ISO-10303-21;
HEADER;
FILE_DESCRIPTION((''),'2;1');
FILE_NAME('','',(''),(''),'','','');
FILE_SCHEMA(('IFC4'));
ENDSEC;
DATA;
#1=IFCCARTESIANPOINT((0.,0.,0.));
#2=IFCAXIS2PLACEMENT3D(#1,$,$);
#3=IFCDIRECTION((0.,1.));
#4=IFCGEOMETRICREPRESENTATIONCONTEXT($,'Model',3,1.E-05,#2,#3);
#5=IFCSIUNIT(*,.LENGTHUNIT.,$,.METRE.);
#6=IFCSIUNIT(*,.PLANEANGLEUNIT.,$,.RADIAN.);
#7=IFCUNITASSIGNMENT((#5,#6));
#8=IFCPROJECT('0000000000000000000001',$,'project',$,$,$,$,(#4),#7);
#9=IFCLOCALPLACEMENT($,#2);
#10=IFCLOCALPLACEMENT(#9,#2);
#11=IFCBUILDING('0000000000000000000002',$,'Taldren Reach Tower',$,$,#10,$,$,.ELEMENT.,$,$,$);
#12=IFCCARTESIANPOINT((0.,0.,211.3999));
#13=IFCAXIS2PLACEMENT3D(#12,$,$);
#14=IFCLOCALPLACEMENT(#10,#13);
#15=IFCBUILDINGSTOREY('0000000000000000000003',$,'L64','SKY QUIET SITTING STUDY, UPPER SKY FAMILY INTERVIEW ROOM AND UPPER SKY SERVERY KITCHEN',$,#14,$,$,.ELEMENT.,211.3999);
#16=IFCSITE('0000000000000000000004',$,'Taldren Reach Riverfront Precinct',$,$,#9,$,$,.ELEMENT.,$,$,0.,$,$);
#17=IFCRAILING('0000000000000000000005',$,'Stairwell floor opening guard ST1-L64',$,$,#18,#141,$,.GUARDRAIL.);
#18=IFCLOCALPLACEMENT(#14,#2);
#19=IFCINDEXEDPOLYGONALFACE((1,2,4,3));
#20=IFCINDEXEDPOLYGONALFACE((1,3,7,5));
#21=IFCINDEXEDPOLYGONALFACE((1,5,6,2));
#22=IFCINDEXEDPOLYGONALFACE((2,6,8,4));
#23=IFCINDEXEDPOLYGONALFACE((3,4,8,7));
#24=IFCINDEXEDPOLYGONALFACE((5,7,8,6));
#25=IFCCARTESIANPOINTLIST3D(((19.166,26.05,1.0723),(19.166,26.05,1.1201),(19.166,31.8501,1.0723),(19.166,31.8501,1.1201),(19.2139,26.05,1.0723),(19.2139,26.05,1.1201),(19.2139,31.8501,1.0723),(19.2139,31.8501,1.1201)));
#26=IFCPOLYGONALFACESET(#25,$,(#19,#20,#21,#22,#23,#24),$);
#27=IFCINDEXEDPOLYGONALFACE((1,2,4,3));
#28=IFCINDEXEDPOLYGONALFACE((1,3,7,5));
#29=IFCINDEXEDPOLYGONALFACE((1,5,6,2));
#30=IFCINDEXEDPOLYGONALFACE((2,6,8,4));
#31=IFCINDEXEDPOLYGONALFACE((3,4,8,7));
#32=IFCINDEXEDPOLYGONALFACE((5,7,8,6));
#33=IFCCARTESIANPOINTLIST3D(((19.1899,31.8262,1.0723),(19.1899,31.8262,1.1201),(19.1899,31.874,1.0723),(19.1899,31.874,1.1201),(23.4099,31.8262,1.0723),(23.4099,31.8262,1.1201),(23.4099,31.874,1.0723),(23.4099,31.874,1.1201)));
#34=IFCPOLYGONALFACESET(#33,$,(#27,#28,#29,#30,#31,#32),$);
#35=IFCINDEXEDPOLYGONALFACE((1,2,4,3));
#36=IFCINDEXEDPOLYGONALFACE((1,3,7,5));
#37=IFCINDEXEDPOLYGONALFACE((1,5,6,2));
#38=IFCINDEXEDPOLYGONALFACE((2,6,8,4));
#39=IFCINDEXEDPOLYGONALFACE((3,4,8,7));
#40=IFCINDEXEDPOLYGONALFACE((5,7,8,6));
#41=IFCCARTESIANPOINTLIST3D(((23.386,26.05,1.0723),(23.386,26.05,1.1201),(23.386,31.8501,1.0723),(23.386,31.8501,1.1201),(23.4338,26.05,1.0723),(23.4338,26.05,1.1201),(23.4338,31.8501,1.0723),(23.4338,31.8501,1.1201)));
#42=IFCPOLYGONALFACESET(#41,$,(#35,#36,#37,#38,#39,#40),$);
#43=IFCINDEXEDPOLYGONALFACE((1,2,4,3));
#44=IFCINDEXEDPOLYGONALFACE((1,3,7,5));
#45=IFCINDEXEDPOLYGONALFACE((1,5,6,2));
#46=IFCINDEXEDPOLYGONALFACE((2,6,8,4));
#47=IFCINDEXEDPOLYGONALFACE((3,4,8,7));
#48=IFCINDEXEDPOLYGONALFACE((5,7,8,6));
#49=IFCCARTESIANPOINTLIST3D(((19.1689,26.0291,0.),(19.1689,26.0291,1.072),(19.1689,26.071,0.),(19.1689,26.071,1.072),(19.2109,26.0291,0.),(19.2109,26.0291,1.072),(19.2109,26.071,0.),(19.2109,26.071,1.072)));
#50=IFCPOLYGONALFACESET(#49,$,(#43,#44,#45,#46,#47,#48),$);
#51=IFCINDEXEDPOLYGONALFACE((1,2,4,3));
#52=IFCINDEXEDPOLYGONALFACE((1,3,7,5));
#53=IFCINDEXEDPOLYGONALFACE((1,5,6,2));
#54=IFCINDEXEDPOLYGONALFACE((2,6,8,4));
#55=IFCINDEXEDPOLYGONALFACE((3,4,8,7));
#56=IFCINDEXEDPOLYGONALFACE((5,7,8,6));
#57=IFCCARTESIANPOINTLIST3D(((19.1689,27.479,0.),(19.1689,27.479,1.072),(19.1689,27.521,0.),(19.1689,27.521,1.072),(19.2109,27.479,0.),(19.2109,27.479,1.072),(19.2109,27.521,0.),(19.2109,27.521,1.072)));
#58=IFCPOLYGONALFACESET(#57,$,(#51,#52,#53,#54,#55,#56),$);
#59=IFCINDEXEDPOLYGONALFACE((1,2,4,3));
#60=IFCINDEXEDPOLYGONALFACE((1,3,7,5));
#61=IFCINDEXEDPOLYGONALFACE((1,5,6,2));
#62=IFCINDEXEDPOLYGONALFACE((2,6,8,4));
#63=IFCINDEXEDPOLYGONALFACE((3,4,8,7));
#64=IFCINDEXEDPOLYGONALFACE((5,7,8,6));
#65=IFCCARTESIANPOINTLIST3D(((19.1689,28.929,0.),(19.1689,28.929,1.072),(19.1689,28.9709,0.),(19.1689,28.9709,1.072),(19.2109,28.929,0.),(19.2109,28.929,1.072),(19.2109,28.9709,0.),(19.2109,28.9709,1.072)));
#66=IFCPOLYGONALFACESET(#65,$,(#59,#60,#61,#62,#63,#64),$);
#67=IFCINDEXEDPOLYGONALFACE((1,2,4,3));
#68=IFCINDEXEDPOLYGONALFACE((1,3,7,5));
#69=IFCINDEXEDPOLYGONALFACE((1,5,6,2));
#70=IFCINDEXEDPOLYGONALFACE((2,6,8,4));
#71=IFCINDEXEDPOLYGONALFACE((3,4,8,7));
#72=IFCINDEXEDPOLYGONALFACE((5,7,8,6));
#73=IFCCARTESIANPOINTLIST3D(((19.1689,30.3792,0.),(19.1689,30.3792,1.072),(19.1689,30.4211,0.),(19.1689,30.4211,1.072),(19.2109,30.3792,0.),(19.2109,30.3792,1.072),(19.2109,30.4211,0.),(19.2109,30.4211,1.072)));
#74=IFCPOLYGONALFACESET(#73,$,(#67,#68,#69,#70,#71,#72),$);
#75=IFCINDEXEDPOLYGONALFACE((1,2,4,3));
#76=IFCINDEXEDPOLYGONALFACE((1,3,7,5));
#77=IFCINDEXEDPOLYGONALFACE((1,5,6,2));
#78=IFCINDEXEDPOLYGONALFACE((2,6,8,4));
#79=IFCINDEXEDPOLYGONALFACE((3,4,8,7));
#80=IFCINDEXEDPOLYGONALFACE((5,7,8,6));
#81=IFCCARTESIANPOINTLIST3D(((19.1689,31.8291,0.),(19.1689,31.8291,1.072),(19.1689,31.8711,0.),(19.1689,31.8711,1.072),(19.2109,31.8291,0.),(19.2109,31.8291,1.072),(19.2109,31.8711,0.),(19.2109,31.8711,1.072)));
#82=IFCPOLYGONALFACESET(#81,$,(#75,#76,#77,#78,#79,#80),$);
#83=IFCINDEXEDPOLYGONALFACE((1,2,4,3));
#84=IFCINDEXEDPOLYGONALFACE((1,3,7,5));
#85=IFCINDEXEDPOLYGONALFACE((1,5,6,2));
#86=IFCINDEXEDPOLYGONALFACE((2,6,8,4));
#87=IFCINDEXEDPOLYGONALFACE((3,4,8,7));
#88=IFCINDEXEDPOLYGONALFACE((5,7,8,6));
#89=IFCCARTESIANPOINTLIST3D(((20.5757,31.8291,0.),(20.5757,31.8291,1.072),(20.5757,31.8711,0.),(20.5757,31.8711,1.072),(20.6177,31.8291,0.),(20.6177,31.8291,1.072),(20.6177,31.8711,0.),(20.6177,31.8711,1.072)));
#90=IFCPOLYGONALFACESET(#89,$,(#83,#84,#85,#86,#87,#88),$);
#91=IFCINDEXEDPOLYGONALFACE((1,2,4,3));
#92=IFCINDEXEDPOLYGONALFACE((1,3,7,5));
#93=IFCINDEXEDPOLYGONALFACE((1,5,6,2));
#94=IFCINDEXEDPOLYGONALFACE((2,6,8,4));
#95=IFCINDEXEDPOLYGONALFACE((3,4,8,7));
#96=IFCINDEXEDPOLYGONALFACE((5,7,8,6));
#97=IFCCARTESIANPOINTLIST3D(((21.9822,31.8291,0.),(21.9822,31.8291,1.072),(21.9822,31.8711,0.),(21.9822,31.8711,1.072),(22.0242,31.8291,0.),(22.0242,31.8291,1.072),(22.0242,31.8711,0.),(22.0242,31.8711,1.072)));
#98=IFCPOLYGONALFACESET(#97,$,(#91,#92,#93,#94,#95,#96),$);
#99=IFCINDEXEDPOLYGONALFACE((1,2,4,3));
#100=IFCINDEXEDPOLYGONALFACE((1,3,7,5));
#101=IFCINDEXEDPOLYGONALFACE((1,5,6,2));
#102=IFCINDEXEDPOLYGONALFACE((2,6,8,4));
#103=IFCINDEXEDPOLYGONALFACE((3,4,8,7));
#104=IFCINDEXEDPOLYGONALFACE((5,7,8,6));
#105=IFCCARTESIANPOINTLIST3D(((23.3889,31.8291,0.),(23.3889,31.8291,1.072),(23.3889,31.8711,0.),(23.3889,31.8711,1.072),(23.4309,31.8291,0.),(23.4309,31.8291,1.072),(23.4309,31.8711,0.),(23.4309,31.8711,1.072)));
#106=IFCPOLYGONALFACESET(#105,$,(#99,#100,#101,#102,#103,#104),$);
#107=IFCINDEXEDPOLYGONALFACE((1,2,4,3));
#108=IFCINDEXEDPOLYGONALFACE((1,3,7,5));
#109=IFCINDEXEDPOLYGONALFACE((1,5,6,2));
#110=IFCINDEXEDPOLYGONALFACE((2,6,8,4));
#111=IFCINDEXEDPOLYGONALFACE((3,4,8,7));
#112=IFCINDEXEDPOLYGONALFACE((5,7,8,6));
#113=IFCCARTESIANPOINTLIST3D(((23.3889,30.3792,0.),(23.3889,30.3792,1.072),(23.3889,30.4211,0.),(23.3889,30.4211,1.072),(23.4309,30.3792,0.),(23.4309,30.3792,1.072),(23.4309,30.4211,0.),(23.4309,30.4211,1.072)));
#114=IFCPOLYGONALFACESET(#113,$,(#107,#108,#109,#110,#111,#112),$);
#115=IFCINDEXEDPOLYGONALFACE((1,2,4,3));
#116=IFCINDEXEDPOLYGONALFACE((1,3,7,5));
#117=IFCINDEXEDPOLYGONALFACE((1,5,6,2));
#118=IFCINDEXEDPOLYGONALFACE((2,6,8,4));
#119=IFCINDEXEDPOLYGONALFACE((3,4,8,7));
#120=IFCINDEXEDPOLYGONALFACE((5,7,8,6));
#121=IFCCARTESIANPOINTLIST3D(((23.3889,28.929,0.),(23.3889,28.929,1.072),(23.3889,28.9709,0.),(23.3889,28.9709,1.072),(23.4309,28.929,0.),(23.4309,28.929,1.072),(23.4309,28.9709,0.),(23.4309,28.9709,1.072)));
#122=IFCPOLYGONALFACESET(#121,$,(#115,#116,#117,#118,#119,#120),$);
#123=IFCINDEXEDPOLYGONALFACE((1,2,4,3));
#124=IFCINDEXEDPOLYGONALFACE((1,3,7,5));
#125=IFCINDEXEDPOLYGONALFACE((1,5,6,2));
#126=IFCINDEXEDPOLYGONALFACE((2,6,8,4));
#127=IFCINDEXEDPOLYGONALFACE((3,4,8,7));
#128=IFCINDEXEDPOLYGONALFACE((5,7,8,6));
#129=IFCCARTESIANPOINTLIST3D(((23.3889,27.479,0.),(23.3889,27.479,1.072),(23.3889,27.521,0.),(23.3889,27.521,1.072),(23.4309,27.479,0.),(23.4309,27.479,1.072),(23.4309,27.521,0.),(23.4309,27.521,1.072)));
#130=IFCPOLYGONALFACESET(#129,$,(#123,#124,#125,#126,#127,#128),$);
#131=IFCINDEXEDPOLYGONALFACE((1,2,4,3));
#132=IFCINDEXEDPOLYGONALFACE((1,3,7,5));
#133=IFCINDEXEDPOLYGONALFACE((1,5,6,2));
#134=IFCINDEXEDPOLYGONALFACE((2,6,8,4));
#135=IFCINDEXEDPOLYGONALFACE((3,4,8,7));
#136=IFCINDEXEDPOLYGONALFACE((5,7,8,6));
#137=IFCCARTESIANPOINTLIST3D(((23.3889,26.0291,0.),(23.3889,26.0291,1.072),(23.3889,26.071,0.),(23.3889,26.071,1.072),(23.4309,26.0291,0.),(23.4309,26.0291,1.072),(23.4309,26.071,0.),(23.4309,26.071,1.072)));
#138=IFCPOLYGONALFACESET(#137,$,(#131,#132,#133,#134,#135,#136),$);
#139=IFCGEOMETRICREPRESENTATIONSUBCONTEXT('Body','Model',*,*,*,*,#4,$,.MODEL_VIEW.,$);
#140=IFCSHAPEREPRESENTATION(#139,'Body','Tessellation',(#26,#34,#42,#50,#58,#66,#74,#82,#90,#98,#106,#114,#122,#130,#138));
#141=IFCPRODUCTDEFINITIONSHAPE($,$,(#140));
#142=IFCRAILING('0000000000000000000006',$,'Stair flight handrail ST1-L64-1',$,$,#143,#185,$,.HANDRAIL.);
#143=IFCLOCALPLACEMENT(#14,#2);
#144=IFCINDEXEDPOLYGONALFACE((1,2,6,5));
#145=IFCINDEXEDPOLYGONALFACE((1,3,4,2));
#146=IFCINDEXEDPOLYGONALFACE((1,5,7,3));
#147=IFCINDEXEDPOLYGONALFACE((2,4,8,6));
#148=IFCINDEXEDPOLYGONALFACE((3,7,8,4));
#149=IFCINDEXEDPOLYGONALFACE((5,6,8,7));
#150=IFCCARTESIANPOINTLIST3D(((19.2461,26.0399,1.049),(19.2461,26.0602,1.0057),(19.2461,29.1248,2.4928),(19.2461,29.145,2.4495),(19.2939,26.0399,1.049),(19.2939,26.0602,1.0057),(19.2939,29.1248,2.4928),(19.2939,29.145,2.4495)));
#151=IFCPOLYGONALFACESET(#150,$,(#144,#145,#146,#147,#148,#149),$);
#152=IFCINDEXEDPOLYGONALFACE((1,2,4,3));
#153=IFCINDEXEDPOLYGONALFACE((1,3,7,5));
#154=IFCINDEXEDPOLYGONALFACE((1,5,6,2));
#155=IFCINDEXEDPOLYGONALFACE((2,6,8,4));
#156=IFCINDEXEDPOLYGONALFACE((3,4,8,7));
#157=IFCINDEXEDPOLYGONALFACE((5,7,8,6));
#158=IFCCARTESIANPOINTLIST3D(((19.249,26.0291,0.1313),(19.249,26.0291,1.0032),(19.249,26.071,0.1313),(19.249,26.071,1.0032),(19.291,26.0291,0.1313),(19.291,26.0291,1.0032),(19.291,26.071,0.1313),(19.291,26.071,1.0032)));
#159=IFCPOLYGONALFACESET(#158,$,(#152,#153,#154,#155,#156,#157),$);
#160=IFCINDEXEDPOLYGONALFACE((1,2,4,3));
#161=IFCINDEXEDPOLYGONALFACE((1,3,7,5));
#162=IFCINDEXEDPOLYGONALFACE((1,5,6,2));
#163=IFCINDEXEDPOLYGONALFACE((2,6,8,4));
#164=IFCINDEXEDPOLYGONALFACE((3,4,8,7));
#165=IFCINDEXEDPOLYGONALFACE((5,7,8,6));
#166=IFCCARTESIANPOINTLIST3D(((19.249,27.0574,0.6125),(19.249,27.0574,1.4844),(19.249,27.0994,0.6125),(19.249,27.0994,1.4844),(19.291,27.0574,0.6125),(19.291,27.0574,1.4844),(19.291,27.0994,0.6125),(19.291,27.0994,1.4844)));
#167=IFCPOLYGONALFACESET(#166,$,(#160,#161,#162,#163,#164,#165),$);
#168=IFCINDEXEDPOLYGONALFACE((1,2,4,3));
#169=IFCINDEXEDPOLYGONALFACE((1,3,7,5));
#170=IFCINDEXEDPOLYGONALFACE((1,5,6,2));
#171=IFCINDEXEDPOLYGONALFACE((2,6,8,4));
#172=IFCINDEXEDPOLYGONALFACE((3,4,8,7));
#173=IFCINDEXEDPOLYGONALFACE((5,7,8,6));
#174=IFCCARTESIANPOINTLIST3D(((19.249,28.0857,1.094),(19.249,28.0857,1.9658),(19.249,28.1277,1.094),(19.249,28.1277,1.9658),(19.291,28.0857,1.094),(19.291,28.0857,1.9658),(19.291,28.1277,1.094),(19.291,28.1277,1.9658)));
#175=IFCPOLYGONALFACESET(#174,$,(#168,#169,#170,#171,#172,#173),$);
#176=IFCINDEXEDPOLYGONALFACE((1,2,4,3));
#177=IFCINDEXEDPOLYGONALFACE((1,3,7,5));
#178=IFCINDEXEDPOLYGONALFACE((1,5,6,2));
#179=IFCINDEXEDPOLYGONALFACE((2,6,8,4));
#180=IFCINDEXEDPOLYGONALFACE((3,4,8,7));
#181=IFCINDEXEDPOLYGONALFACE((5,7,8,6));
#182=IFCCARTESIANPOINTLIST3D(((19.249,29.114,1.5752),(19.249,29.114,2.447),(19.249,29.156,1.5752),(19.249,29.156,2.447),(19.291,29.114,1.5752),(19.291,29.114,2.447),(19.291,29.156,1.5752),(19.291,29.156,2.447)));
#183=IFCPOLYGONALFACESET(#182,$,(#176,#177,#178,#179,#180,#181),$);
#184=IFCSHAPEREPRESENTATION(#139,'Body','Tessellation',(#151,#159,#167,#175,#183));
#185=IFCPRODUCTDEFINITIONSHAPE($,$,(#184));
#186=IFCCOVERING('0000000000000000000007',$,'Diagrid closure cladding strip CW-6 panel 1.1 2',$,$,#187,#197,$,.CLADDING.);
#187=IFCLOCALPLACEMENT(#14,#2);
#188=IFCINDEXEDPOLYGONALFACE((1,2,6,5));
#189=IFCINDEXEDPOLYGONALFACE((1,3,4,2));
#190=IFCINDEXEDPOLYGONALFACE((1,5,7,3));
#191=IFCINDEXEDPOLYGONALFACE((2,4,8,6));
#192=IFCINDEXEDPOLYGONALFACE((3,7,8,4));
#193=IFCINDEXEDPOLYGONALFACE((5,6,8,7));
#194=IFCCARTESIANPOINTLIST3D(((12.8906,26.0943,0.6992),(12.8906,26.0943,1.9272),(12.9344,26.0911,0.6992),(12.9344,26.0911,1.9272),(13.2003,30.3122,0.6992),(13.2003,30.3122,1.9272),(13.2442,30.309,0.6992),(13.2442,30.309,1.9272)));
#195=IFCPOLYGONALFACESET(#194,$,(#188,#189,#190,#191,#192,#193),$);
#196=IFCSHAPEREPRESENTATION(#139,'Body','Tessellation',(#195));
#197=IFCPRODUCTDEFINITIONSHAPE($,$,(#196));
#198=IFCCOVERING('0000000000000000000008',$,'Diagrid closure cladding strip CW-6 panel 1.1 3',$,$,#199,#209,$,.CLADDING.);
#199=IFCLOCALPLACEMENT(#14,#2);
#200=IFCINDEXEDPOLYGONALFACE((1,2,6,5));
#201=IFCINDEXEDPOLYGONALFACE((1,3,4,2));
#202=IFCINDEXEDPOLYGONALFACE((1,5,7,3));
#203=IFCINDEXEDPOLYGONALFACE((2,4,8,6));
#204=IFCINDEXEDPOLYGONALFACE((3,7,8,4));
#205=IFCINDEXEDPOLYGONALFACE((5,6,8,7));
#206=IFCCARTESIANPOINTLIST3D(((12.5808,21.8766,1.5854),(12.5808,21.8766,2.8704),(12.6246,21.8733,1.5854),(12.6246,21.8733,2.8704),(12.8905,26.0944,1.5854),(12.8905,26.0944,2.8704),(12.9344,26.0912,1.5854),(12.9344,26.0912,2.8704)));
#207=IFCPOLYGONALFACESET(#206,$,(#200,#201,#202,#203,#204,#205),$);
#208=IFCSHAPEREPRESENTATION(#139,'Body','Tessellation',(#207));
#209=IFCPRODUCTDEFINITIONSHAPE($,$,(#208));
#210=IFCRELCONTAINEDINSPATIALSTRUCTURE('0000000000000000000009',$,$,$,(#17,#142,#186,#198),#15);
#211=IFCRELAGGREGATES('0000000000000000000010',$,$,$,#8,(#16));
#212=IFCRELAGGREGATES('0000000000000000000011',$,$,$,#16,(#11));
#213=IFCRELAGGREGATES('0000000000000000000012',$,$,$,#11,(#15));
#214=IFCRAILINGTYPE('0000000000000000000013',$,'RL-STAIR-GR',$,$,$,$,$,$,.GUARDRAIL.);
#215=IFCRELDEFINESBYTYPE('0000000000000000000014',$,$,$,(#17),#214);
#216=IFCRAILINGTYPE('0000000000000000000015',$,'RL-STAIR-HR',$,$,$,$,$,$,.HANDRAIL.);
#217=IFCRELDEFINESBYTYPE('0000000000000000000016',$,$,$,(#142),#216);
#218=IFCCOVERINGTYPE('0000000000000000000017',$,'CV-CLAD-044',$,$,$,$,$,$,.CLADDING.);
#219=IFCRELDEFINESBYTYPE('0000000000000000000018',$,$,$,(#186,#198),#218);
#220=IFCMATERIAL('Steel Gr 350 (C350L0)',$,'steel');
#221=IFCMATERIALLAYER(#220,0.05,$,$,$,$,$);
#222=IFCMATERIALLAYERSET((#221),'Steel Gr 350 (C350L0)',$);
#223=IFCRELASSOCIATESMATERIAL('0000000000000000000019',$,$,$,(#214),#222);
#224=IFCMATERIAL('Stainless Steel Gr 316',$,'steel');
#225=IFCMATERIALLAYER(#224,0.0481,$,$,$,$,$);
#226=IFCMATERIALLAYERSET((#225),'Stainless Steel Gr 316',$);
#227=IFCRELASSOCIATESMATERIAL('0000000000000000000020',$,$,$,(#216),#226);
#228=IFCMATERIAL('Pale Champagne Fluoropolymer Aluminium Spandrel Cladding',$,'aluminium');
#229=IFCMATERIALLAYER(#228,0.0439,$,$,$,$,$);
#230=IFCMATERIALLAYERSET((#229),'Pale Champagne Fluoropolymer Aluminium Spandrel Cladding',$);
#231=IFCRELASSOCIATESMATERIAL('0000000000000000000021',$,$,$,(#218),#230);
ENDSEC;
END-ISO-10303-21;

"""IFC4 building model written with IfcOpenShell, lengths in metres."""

from ifc_helpers import new_model, si_unit, direction, frame, origin, origin_2d, place, context, subcontext, project, spatial, rectangle, extrude, source, transform, mapped, material, layer, layer_set, type_object, element, save


model = new_model("IFC4")

# Units and contexts
model_context = context("Model", 3, precision=1e-05, world=origin(), true_north=direction((0.0, 1.0)))
body_context = subcontext(model_context, "Body", "Model", "MODEL_VIEW")
ifc_project = project(units=[si_unit("LENGTHUNIT", "METRE"), si_unit("PLANEANGLEUNIT", "RADIAN")], contexts=[model_context])

# Site, building, storey
site_placement = place(None, origin())
site = spatial("IfcSite", under=ifc_project, at=site_placement, Name="Taldren Reach Riverfront Precinct", CompositionType="ELEMENT", RefElevation=0.0)
building_placement = place(site_placement, origin())
building = spatial("IfcBuilding", under=site, at=building_placement, Name="Taldren Reach Tower", CompositionType="ELEMENT")
storey_placement = place(building_placement, frame((0.0, 0.0, 211.3999)))
storey = spatial("IfcBuildingStorey", under=building, at=storey_placement, Name="L64", Description="SKY QUIET SITTING STUDY, UPPER SKY FAMILY INTERVIEW ROOM AND UPPER SKY SERVERY KITCHEN", CompositionType="ELEMENT", Elevation=211.3999)

# Shared definitions
ifc_material_1 = material(Name="Steel Gr 350 (C350L0)", Category="steel")

# Railings
ifc_layer_1 = layer(ifc_material_1, 0.05)
ifc_layer_set_1 = layer_set([ifc_layer_1], Name="Steel Gr 350 (C350L0)")
railing_type_1 = type_object("IfcRailingType", Name="RL-STAIR-GR", PredefinedType="GUARDRAIL", material=ifc_layer_set_1)
railing_1_placement = place(storey_placement, frame((19.1899, 26.05, 0.0)))
element("IfcRailing", 1, at=railing_1_placement, inside=storey, type_object=railing_type_1, Name="Stairwell floor opening guard ST1-L64", PredefinedType="GUARDRAIL", context=body_context, shape_type="SweptSolid", body=[
    extrude(rectangle(XDim=0.0479, YDim=0.0479, at=origin_2d()), frame((0.0, 0.0, 1.0962), z_axis=(0.0, 1.0, 0.0), x_axis=(-1.0, 0.0, 0.0)), (0.0, 0.0, 1.0), 5.8),
    extrude(rectangle(XDim=0.0479, YDim=0.0479, at=origin_2d()), frame((0.0, 5.8, 1.0962), z_axis=(1.0, 0.0, 0.0), x_axis=(0.0, 1.0, 0.0)), (0.0, 0.0, 1.0), 4.22),
    extrude(rectangle(XDim=0.0479, YDim=0.0479, at=origin_2d()), frame((4.22, 5.8, 1.0962), z_axis=(0.0, -1.0, 0.0), x_axis=(1.0, 0.0, 0.0)), (0.0, 0.0, 1.0), 5.8),
    extrude(rectangle(XDim=0.042, YDim=0.042, at=origin_2d()), origin(), (0.0, 0.0, 1.0), 1.072),
    extrude(rectangle(XDim=0.042, YDim=0.042, at=origin_2d()), frame((0.0, 1.45, 0.0)), (0.0, 0.0, 1.0), 1.072),
    extrude(rectangle(XDim=0.042, YDim=0.042, at=origin_2d()), frame((0.0, 2.8999, 0.0)), (0.0, 0.0, 1.0), 1.072),
    extrude(rectangle(XDim=0.042, YDim=0.042, at=origin_2d()), frame((0.0, 4.3501, 0.0)), (0.0, 0.0, 1.0), 1.072),
    extrude(rectangle(XDim=0.042, YDim=0.042, at=origin_2d()), frame((0.0, 5.8, 0.0)), (0.0, 0.0, 1.0), 1.072),
    extrude(rectangle(XDim=0.042, YDim=0.042, at=origin_2d()), frame((1.4067, 5.8, 0.0)), (0.0, 0.0, 1.0), 1.072),
    extrude(rectangle(XDim=0.042, YDim=0.042, at=origin_2d()), frame((2.8132, 5.8, 0.0)), (0.0, 0.0, 1.0), 1.072),
    extrude(rectangle(XDim=0.042, YDim=0.042, at=origin_2d()), frame((4.22, 5.8, 0.0)), (0.0, 0.0, 1.0), 1.072),
    extrude(rectangle(XDim=0.042, YDim=0.042, at=origin_2d()), frame((4.22, 4.3501, 0.0)), (0.0, 0.0, 1.0), 1.072),
    extrude(rectangle(XDim=0.042, YDim=0.042, at=origin_2d()), frame((4.22, 2.8999, 0.0)), (0.0, 0.0, 1.0), 1.072),
    extrude(rectangle(XDim=0.042, YDim=0.042, at=origin_2d()), frame((4.22, 1.45, 0.0)), (0.0, 0.0, 1.0), 1.072),
    extrude(rectangle(XDim=0.042, YDim=0.042, at=origin_2d()), frame((4.22, 0.0, 0.0)), (0.0, 0.0, 1.0), 1.072),
])
ifc_material_2 = material(Name="Stainless Steel Gr 316", Category="steel")
ifc_layer_2 = layer(ifc_material_2, 0.0481)
ifc_layer_set_2 = layer_set([ifc_layer_2], Name="Stainless Steel Gr 316")
railing_type_2 = type_object("IfcRailingType", Name="RL-STAIR-HR", PredefinedType="HANDRAIL", material=ifc_layer_set_2)
railing_2_placement = place(storey_placement, frame((19.27, 26.05, 0.1313)))
element("IfcRailing", 2, at=railing_2_placement, inside=storey, type_object=railing_type_2, Name="Stair flight handrail ST1-L64-1", PredefinedType="HANDRAIL", context=body_context, shape_type="SweptSolid", body=[
    extrude(rectangle(XDim=0.0479, YDim=0.0479, at=origin_2d()), frame((0.0, 0.0, 0.896), z_axis=(0.0, 0.90571, 0.423898), x_axis=(-1.0, 0.0, 0.0)), (0.0, 0.0, 1.0), 3.406),
    extrude(rectangle(XDim=0.042, YDim=0.042, at=origin_2d()), origin(), (0.0, 0.0, 1.0), 0.8718),
    extrude(rectangle(XDim=0.042, YDim=0.042, at=origin_2d()), frame((0.0, 1.0283, 0.4812)), (0.0, 0.0, 1.0), 0.8718),
    extrude(rectangle(XDim=0.042, YDim=0.042, at=origin_2d()), frame((0.0, 2.0566, 0.9626)), (0.0, 0.0, 1.0), 0.8718),
    extrude(rectangle(XDim=0.042, YDim=0.042, at=origin_2d()), frame((0.0, 3.085, 1.4438)), (0.0, 0.0, 1.0), 0.8718),
])

# Coverings
ifc_material_3 = material(Name="Pale Champagne Fluoropolymer Aluminium Spandrel Cladding", Category="aluminium")
ifc_layer_3 = layer(ifc_material_3, 0.0439)
ifc_layer_set_3 = layer_set([ifc_layer_3], Name="Pale Champagne Fluoropolymer Aluminium Spandrel Cladding")
covering_type = type_object("IfcCoveringType", Name="CV-CLAD-044", PredefinedType="CLADDING", material=ifc_layer_set_3)
shared_shape_1 = source(origin(), body_context, "Body", "SweptSolid", [
    extrude(rectangle(XDim=4.2292, YDim=0.0439, at=origin_2d()), origin(), (0.0, 0.0, 1.0), 1.228),
])
covering_1_placement = place(storey_placement, frame((13.0674, 28.2017, 0.6992), z_axis=(0.0, 0.0, 1.0), x_axis=(-0.073238, -0.997314, 0.0)))
element("IfcCovering", 3, at=covering_1_placement, inside=storey, type_object=covering_type, Name="Diagrid closure cladding strip CW-6 panel 1.1 2", PredefinedType="CLADDING", context=body_context, shape_type="MappedRepresentation", body=[
    mapped(shared_shape_1, transform((0.0, 0.0, 0.0), scale=1.0)),
])
shared_shape_2 = source(origin(), body_context, "Body", "SweptSolid", [
    extrude(rectangle(XDim=4.2292, YDim=0.0439, at=origin_2d()), origin(), (0.0, 0.0, 1.0), 1.2849),
])
covering_2_placement = place(storey_placement, frame((12.7576, 23.9839, 1.5854), z_axis=(0.0, 0.0, 1.0), x_axis=(-0.073238, -0.997314, 0.0)))
element("IfcCovering", 4, at=covering_2_placement, inside=storey, type_object=covering_type, Name="Diagrid closure cladding strip CW-6 panel 1.1 3", PredefinedType="CLADDING", context=body_context, shape_type="MappedRepresentation", body=[
    mapped(shared_shape_2, transform((0.0, 0.0, 0.0), scale=1.0)),
])

save(model, "model.ifc")
